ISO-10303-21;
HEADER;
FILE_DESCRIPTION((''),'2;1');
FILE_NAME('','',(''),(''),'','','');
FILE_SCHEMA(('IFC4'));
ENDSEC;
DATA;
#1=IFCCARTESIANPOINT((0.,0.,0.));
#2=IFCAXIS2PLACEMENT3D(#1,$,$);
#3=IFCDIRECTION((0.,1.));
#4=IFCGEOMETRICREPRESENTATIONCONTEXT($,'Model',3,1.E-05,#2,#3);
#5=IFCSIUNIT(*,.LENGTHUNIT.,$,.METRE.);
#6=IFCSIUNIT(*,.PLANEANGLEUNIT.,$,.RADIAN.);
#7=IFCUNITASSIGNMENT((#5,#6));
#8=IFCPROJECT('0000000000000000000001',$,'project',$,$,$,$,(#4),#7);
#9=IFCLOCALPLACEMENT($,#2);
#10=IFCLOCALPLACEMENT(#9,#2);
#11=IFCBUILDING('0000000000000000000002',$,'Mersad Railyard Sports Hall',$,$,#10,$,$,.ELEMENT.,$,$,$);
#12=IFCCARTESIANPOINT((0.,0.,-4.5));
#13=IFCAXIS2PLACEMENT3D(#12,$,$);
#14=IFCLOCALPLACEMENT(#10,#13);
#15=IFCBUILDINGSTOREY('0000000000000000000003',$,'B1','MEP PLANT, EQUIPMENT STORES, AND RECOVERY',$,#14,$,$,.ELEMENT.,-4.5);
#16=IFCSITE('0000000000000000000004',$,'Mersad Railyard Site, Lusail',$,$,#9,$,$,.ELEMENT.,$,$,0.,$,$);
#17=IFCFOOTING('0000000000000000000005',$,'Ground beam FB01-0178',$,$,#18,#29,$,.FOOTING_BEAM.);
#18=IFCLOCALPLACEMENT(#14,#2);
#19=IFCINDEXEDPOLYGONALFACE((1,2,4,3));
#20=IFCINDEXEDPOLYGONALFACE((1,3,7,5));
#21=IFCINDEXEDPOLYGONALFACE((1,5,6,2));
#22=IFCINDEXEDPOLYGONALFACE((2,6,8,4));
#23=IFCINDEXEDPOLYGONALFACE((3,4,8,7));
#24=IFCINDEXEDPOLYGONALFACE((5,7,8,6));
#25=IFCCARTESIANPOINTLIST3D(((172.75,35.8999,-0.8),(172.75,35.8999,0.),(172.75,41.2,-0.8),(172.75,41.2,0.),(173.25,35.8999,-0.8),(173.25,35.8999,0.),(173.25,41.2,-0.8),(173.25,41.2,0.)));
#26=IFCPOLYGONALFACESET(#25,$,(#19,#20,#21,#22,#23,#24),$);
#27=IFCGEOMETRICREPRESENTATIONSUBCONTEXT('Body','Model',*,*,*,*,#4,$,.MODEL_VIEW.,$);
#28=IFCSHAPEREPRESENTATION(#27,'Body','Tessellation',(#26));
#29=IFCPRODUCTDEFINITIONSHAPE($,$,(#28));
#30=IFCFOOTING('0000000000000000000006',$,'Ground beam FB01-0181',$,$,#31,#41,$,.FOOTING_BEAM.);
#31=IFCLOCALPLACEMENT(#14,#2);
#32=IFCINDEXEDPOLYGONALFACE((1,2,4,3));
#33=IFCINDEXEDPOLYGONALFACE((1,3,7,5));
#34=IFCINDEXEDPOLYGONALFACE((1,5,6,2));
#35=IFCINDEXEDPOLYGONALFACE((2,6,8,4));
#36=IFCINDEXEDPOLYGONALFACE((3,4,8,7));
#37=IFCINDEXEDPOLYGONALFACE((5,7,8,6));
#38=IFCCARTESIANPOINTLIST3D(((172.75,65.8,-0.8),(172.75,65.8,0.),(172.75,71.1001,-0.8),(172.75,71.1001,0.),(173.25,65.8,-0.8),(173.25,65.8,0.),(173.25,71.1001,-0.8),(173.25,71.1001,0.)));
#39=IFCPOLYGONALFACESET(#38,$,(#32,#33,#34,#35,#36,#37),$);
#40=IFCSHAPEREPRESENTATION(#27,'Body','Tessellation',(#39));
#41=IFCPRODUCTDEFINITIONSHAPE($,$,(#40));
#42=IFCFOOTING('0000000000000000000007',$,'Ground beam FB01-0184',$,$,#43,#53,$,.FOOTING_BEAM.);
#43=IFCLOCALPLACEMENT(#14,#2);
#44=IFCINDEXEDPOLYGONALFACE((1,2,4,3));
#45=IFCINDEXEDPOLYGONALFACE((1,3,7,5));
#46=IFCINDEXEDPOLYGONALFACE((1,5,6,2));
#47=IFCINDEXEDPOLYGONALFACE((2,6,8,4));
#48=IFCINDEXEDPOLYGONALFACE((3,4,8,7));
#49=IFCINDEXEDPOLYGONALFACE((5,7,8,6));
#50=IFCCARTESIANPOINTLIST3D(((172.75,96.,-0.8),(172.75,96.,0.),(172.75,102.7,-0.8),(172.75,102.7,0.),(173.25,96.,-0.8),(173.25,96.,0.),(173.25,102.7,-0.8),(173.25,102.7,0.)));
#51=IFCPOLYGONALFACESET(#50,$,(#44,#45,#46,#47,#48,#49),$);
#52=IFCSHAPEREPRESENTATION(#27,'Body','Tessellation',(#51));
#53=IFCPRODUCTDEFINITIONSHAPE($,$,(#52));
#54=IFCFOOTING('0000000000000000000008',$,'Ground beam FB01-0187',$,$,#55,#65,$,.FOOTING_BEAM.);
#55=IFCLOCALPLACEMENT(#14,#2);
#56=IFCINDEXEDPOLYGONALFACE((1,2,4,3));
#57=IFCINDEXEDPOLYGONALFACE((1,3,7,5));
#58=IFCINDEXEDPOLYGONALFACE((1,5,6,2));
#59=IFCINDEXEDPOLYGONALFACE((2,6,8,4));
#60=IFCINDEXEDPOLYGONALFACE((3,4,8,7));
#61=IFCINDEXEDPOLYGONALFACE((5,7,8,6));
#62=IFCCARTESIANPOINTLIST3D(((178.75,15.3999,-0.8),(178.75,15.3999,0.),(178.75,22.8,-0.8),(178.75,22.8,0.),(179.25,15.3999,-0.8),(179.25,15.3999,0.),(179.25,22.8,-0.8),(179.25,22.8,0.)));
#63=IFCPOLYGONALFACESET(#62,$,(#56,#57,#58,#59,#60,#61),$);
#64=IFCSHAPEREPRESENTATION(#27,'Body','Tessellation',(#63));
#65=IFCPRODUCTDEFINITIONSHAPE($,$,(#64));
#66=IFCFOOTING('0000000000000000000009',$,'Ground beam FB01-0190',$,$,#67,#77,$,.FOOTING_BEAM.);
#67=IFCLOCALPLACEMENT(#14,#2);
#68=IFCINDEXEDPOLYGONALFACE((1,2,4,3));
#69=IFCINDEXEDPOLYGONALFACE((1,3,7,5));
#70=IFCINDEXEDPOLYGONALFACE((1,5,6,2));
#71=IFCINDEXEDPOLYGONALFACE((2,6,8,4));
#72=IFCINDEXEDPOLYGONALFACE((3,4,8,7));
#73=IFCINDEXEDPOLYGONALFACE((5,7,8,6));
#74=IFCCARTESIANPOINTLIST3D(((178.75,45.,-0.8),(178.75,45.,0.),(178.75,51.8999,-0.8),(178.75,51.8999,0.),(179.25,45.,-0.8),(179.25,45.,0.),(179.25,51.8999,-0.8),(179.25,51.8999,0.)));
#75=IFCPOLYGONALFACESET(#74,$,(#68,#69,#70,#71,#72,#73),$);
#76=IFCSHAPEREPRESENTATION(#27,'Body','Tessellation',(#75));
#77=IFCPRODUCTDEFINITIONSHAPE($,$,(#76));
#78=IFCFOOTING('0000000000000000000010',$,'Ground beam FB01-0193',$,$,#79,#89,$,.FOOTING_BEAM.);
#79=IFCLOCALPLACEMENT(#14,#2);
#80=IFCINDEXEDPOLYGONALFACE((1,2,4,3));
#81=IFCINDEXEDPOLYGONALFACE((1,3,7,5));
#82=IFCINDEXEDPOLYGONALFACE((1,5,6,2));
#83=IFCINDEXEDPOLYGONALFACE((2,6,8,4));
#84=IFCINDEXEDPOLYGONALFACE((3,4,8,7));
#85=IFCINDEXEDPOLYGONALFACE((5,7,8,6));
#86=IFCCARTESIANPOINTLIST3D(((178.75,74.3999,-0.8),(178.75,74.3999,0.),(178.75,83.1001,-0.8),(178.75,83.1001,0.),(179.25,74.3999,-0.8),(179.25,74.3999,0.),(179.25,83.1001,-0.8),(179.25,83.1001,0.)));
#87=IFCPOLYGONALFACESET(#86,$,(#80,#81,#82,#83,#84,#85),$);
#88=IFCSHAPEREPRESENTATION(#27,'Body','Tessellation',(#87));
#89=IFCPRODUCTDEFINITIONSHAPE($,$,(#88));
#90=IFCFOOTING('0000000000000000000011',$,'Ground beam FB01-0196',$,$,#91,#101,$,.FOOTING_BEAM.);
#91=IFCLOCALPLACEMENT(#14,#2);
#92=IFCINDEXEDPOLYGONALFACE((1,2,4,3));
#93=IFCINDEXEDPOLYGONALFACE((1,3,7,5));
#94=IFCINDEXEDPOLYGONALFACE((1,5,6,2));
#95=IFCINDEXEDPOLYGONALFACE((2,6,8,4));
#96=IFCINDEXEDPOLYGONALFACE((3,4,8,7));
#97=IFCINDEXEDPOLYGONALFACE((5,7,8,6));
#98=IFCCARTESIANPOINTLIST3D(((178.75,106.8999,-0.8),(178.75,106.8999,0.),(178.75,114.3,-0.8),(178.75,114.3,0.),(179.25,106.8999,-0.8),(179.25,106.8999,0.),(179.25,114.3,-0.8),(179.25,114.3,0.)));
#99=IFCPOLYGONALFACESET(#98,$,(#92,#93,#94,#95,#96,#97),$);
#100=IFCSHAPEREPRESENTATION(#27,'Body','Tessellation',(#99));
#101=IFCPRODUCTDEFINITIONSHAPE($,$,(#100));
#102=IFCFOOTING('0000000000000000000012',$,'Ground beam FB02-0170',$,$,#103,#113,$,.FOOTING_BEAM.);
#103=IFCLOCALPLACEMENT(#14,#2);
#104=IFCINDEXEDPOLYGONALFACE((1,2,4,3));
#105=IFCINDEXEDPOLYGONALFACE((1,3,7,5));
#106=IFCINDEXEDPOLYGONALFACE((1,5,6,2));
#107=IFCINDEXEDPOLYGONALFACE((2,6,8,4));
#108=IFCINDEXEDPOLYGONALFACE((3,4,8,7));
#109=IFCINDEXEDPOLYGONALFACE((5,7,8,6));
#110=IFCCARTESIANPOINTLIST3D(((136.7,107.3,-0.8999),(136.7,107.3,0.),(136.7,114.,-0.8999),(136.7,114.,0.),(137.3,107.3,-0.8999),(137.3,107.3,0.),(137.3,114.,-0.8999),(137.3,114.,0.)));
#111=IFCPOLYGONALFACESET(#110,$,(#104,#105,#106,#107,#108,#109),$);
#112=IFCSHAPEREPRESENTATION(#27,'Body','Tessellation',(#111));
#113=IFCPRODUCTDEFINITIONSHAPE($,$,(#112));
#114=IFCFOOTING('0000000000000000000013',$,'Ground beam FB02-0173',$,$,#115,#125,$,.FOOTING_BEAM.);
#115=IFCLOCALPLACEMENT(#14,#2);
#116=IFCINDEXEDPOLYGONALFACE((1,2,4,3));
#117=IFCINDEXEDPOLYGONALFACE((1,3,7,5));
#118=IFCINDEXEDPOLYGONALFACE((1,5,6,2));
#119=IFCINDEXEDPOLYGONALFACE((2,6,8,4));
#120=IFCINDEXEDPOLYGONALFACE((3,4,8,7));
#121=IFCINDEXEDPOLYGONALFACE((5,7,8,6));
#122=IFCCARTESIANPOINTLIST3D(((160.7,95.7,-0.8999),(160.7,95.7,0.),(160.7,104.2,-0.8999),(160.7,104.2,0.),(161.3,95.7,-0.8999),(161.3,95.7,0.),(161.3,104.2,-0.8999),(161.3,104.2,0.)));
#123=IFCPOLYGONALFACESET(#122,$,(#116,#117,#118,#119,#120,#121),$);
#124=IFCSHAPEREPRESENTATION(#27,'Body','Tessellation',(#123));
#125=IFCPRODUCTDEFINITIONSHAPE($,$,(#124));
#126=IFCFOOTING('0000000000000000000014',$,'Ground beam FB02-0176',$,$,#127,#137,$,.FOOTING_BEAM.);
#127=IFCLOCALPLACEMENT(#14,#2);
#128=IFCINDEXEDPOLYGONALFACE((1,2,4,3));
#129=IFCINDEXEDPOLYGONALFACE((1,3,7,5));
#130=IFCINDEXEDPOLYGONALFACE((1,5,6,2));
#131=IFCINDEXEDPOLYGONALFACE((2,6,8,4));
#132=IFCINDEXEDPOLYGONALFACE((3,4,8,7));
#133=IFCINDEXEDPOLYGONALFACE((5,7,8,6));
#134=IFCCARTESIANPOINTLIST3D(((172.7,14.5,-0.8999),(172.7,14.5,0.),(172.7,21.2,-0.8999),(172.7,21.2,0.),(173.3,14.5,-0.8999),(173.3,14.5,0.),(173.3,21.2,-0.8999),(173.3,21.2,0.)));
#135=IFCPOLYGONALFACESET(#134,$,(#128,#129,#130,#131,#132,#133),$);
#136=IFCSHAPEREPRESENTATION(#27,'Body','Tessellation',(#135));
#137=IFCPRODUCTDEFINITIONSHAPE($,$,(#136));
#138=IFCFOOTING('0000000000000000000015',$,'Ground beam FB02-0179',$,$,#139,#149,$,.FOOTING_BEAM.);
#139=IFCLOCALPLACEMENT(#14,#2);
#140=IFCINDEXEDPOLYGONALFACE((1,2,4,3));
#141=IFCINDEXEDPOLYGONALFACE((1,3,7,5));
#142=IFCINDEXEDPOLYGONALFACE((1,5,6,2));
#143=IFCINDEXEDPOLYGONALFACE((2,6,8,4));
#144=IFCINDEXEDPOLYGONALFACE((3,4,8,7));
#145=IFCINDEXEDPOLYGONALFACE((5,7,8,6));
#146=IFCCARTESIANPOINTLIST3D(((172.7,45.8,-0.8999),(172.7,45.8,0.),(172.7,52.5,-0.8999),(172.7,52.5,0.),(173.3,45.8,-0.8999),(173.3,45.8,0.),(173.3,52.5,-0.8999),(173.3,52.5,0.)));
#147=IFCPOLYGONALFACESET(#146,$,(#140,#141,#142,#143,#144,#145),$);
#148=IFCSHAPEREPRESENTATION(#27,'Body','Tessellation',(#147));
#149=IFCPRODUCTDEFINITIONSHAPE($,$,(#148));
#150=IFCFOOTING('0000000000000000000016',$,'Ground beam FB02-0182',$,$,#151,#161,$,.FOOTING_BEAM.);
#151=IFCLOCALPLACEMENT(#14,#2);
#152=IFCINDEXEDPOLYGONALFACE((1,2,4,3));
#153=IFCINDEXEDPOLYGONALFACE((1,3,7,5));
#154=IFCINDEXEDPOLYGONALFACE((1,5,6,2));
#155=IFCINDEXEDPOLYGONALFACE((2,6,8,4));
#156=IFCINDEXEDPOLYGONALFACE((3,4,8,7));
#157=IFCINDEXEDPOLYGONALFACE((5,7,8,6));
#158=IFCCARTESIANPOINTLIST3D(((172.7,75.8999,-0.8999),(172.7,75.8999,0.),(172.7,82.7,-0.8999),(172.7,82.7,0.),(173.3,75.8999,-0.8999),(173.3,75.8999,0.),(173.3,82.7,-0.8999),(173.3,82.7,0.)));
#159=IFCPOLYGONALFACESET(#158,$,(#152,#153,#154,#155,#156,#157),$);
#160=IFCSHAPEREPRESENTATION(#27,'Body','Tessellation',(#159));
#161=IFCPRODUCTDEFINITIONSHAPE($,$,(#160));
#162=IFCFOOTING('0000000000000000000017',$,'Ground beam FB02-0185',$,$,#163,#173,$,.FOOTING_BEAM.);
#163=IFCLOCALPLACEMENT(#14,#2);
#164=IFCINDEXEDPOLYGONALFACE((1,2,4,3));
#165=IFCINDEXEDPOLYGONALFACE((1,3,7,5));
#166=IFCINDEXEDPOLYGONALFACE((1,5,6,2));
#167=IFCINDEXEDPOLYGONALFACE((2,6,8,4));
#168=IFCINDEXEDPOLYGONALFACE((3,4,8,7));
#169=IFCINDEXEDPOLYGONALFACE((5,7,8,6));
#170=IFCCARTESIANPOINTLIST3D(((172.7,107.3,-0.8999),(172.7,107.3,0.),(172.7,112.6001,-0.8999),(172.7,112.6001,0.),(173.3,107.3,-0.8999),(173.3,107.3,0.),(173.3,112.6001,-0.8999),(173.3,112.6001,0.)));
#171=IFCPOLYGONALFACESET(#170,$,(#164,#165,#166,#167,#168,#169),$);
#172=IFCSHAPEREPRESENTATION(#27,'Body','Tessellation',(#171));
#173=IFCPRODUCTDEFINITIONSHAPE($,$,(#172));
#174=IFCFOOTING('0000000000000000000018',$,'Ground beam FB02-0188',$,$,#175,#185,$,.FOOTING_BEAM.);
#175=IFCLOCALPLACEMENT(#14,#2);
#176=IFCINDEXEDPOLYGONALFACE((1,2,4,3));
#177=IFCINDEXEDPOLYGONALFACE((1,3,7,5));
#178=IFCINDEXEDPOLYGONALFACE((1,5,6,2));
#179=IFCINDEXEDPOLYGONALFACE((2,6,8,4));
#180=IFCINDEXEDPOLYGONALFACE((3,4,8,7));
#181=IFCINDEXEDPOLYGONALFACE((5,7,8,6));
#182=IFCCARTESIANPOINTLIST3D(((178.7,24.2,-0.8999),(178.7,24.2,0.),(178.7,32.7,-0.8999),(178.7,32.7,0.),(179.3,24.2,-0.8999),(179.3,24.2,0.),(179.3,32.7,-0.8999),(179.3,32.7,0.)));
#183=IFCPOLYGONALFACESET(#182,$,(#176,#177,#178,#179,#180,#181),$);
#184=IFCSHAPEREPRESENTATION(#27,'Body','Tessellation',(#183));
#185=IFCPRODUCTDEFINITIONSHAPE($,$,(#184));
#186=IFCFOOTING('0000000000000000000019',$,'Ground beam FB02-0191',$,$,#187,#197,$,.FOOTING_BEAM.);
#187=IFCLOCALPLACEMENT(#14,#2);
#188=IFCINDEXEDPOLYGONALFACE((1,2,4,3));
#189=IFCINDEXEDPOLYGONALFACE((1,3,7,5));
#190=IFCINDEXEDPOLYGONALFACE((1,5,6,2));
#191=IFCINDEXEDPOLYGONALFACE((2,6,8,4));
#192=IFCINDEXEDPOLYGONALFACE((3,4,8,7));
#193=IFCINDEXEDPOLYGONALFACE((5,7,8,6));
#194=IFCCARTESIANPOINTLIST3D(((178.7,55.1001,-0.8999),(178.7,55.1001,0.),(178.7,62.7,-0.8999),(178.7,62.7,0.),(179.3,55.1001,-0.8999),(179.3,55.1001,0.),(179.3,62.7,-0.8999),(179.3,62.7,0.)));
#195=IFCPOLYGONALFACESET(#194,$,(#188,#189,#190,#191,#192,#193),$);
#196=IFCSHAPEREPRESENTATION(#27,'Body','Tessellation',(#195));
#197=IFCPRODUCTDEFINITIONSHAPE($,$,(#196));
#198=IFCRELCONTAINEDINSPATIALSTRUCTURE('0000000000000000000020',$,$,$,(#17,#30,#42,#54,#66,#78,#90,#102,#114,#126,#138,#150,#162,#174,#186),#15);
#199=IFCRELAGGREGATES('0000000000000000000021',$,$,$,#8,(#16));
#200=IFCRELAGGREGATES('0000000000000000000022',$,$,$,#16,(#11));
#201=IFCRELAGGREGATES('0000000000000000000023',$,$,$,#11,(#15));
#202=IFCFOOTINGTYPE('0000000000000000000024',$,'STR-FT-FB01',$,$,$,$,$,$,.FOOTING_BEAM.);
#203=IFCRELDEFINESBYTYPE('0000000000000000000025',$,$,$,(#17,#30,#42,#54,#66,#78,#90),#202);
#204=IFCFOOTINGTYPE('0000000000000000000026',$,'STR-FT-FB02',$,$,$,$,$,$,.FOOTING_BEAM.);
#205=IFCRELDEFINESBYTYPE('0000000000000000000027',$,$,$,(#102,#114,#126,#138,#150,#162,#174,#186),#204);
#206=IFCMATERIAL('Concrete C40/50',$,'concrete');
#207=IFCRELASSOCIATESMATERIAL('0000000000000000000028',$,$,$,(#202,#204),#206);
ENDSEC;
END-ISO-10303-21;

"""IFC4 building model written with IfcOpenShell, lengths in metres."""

from ifc_helpers import new_model, si_unit, direction, frame, origin, place, context, subcontext, project, spatial, polyline, outline, extrude, material, type_object, element, save


model = new_model("IFC4")

# Units and contexts
model_context = context("Model", 3, precision=1e-05, world=origin(), true_north=direction((0.0, 1.0)))
body_context = subcontext(model_context, "Body", "Model", "MODEL_VIEW")
ifc_project = project(units=[si_unit("LENGTHUNIT", "METRE"), si_unit("PLANEANGLEUNIT", "RADIAN")], contexts=[model_context])

# Site, building, storey
site_placement = place(None, origin())
site = spatial("IfcSite", under=ifc_project, at=site_placement, Name="Mersad Railyard Site, Lusail", CompositionType="ELEMENT", RefElevation=0.0)
building_placement = place(site_placement, origin())
building = spatial("IfcBuilding", under=site, at=building_placement, Name="Mersad Railyard Sports Hall", CompositionType="ELEMENT")
storey_placement = place(building_placement, frame((0.0, 0.0, -4.5)))
storey = spatial("IfcBuildingStorey", under=building, at=storey_placement, Name="B1", Description="MEP PLANT, EQUIPMENT STORES, AND RECOVERY", CompositionType="ELEMENT", Elevation=-4.5)

# Footings
ifc_material = material(Name="Concrete C40/50", Category="concrete")
footing_type_1 = type_object("IfcFootingType", Name="STR-FT-FB01", PredefinedType="FOOTING_BEAM", material=ifc_material)
footing_1_placement = place(storey_placement, frame((0.0, 0.0, -0.8)))
element("IfcFooting", 1, at=footing_1_placement, inside=storey, type_object=footing_type_1, Name="Ground beam FB01-0178", PredefinedType="FOOTING_BEAM", context=body_context, shape_type="SweptSolid", body=[
    extrude(outline(polyline([(172.75, 35.8999), (173.25, 35.8999), (173.25, 41.2), (172.75, 41.2), (172.75, 35.8999)])), origin(), (0.0, 0.0, 1.0), 0.8),
])
footing_2_placement = place(storey_placement, frame((0.0, 0.0, -0.8)))
element("IfcFooting", 2, at=footing_2_placement, inside=storey, type_object=footing_type_1, Name="Ground beam FB01-0181", PredefinedType="FOOTING_BEAM", context=body_context, shape_type="SweptSolid", body=[
    extrude(outline(polyline([(172.75, 65.8), (173.25, 65.8), (173.25, 71.1001), (172.75, 71.1001), (172.75, 65.8)])), origin(), (0.0, 0.0, 1.0), 0.8),
])
footing_3_placement = place(storey_placement, frame((0.0, 0.0, -0.8)))
element("IfcFooting", 3, at=footing_3_placement, inside=storey, type_object=footing_type_1, Name="Ground beam FB01-0184", PredefinedType="FOOTING_BEAM", context=body_context, shape_type="SweptSolid", body=[
    extrude(outline(polyline([(172.75, 96.0), (173.25, 96.0), (173.25, 102.7), (172.75, 102.7), (172.75, 96.0)])), origin(), (0.0, 0.0, 1.0), 0.8),
])
footing_4_placement = place(storey_placement, frame((0.0, 0.0, -0.8)))
element("IfcFooting", 4, at=footing_4_placement, inside=storey, type_object=footing_type_1, Name="Ground beam FB01-0187", PredefinedType="FOOTING_BEAM", context=body_context, shape_type="SweptSolid", body=[
    extrude(outline(polyline([(178.75, 15.3999), (179.25, 15.3999), (179.25, 22.8), (178.75, 22.8), (178.75, 15.3999)])), origin(), (0.0, 0.0, 1.0), 0.8),
])
footing_5_placement = place(storey_placement, frame((0.0, 0.0, -0.8)))
element("IfcFooting", 5, at=footing_5_placement, inside=storey, type_object=footing_type_1, Name="Ground beam FB01-0190", PredefinedType="FOOTING_BEAM", context=body_context, shape_type="SweptSolid", body=[
    extrude(outline(polyline([(178.75, 45.0), (179.25, 45.0), (179.25, 51.8999), (178.75, 51.8999), (178.75, 45.0)])), origin(), (0.0, 0.0, 1.0), 0.8),
])
footing_6_placement = place(storey_placement, frame((0.0, 0.0, -0.8)))
element("IfcFooting", 6, at=footing_6_placement, inside=storey, type_object=footing_type_1, Name="Ground beam FB01-0193", PredefinedType="FOOTING_BEAM", context=body_context, shape_type="SweptSolid", body=[
    extrude(outline(polyline([(178.75, 74.3999), (179.25, 74.3999), (179.25, 83.1001), (178.75, 83.1001), (178.75, 74.3999)])), origin(), (0.0, 0.0, 1.0), 0.8),
])
footing_7_placement = place(storey_placement, frame((0.0, 0.0, -0.8)))
element("IfcFooting", 7, at=footing_7_placement, inside=storey, type_object=footing_type_1, Name="Ground beam FB01-0196", PredefinedType="FOOTING_BEAM", context=body_context, shape_type="SweptSolid", body=[
    extrude(outline(polyline([(178.75, 106.8999), (179.25, 106.8999), (179.25, 114.3), (178.75, 114.3), (178.75, 106.8999)])), origin(), (0.0, 0.0, 1.0), 0.8),
])
footing_type_2 = type_object("IfcFootingType", Name="STR-FT-FB02", PredefinedType="FOOTING_BEAM", material=ifc_material)
footing_8_placement = place(storey_placement, frame((0.0, 0.0, -0.8999)))
element("IfcFooting", 8, at=footing_8_placement, inside=storey, type_object=footing_type_2, Name="Ground beam FB02-0170", PredefinedType="FOOTING_BEAM", context=body_context, shape_type="SweptSolid", body=[
    extrude(outline(polyline([(136.7, 107.3), (137.3, 107.3), (137.3, 114.0), (136.7, 114.0), (136.7, 107.3)])), origin(), (0.0, 0.0, 1.0), 0.8999),
])
footing_9_placement = place(storey_placement, frame((0.0, 0.0, -0.8999)))
element("IfcFooting", 9, at=footing_9_placement, inside=storey, type_object=footing_type_2, Name="Ground beam FB02-0173", PredefinedType="FOOTING_BEAM", context=body_context, shape_type="SweptSolid", body=[
    extrude(outline(polyline([(160.7, 95.7), (161.3, 95.7), (161.3, 104.2), (160.7, 104.2), (160.7, 95.7)])), origin(), (0.0, 0.0, 1.0), 0.8999),
])
footing_10_placement = place(storey_placement, frame((0.0, 0.0, -0.8999)))
element("IfcFooting", 10, at=footing_10_placement, inside=storey, type_object=footing_type_2, Name="Ground beam FB02-0176", PredefinedType="FOOTING_BEAM", context=body_context, shape_type="SweptSolid", body=[
    extrude(outline(polyline([(172.7, 14.5), (173.3, 14.5), (173.3, 21.2), (172.7, 21.2), (172.7, 14.5)])), origin(), (0.0, 0.0, 1.0), 0.8999),
])
footing_11_placement = place(storey_placement, frame((0.0, 0.0, -0.8999)))
element("IfcFooting", 11, at=footing_11_placement, inside=storey, type_object=footing_type_2, Name="Ground beam FB02-0179", PredefinedType="FOOTING_BEAM", context=body_context, shape_type="SweptSolid", body=[
    extrude(outline(polyline([(172.7, 45.8), (173.3, 45.8), (173.3, 52.5), (172.7, 52.5), (172.7, 45.8)])), origin(), (0.0, 0.0, 1.0), 0.8999),
])
footing_12_placement = place(storey_placement, frame((0.0, 0.0, -0.8999)))
element("IfcFooting", 12, at=footing_12_placement, inside=storey, type_object=footing_type_2, Name="Ground beam FB02-0182", PredefinedType="FOOTING_BEAM", context=body_context, shape_type="SweptSolid", body=[
    extrude(outline(polyline([(172.7, 75.8999), (173.3, 75.8999), (173.3, 82.7), (172.7, 82.7), (172.7, 75.8999)])), origin(), (0.0, 0.0, 1.0), 0.8999),
])
footing_13_placement = place(storey_placement, frame((0.0, 0.0, -0.8999)))
element("IfcFooting", 13, at=footing_13_placement, inside=storey, type_object=footing_type_2, Name="Ground beam FB02-0185", PredefinedType="FOOTING_BEAM", context=body_context, shape_type="SweptSolid", body=[
    extrude(outline(polyline([(172.7, 107.3), (173.3, 107.3), (173.3, 112.6001), (172.7, 112.6001), (172.7, 107.3)])), origin(), (0.0, 0.0, 1.0), 0.8999),
])
footing_14_placement = place(storey_placement, frame((0.0, 0.0, -0.8999)))
element("IfcFooting", 14, at=footing_14_placement, inside=storey, type_object=footing_type_2, Name="Ground beam FB02-0188", PredefinedType="FOOTING_BEAM", context=body_context, shape_type="SweptSolid", body=[
    extrude(outline(polyline([(178.7, 24.2), (179.3, 24.2), (179.3, 32.7), (178.7, 32.7), (178.7, 24.2)])), origin(), (0.0, 0.0, 1.0), 0.8999),
])
footing_15_placement = place(storey_placement, frame((0.0, 0.0, -0.8999)))
element("IfcFooting", 15, at=footing_15_placement, inside=storey, type_object=footing_type_2, Name="Ground beam FB02-0191", PredefinedType="FOOTING_BEAM", context=body_context, shape_type="SweptSolid", body=[
    extrude(outline(polyline([(178.7, 55.1001), (179.3, 55.1001), (179.3, 62.7), (178.7, 62.7), (178.7, 55.1001)])), origin(), (0.0, 0.0, 1.0), 0.8999),
])

save(model, "model.ifc")
